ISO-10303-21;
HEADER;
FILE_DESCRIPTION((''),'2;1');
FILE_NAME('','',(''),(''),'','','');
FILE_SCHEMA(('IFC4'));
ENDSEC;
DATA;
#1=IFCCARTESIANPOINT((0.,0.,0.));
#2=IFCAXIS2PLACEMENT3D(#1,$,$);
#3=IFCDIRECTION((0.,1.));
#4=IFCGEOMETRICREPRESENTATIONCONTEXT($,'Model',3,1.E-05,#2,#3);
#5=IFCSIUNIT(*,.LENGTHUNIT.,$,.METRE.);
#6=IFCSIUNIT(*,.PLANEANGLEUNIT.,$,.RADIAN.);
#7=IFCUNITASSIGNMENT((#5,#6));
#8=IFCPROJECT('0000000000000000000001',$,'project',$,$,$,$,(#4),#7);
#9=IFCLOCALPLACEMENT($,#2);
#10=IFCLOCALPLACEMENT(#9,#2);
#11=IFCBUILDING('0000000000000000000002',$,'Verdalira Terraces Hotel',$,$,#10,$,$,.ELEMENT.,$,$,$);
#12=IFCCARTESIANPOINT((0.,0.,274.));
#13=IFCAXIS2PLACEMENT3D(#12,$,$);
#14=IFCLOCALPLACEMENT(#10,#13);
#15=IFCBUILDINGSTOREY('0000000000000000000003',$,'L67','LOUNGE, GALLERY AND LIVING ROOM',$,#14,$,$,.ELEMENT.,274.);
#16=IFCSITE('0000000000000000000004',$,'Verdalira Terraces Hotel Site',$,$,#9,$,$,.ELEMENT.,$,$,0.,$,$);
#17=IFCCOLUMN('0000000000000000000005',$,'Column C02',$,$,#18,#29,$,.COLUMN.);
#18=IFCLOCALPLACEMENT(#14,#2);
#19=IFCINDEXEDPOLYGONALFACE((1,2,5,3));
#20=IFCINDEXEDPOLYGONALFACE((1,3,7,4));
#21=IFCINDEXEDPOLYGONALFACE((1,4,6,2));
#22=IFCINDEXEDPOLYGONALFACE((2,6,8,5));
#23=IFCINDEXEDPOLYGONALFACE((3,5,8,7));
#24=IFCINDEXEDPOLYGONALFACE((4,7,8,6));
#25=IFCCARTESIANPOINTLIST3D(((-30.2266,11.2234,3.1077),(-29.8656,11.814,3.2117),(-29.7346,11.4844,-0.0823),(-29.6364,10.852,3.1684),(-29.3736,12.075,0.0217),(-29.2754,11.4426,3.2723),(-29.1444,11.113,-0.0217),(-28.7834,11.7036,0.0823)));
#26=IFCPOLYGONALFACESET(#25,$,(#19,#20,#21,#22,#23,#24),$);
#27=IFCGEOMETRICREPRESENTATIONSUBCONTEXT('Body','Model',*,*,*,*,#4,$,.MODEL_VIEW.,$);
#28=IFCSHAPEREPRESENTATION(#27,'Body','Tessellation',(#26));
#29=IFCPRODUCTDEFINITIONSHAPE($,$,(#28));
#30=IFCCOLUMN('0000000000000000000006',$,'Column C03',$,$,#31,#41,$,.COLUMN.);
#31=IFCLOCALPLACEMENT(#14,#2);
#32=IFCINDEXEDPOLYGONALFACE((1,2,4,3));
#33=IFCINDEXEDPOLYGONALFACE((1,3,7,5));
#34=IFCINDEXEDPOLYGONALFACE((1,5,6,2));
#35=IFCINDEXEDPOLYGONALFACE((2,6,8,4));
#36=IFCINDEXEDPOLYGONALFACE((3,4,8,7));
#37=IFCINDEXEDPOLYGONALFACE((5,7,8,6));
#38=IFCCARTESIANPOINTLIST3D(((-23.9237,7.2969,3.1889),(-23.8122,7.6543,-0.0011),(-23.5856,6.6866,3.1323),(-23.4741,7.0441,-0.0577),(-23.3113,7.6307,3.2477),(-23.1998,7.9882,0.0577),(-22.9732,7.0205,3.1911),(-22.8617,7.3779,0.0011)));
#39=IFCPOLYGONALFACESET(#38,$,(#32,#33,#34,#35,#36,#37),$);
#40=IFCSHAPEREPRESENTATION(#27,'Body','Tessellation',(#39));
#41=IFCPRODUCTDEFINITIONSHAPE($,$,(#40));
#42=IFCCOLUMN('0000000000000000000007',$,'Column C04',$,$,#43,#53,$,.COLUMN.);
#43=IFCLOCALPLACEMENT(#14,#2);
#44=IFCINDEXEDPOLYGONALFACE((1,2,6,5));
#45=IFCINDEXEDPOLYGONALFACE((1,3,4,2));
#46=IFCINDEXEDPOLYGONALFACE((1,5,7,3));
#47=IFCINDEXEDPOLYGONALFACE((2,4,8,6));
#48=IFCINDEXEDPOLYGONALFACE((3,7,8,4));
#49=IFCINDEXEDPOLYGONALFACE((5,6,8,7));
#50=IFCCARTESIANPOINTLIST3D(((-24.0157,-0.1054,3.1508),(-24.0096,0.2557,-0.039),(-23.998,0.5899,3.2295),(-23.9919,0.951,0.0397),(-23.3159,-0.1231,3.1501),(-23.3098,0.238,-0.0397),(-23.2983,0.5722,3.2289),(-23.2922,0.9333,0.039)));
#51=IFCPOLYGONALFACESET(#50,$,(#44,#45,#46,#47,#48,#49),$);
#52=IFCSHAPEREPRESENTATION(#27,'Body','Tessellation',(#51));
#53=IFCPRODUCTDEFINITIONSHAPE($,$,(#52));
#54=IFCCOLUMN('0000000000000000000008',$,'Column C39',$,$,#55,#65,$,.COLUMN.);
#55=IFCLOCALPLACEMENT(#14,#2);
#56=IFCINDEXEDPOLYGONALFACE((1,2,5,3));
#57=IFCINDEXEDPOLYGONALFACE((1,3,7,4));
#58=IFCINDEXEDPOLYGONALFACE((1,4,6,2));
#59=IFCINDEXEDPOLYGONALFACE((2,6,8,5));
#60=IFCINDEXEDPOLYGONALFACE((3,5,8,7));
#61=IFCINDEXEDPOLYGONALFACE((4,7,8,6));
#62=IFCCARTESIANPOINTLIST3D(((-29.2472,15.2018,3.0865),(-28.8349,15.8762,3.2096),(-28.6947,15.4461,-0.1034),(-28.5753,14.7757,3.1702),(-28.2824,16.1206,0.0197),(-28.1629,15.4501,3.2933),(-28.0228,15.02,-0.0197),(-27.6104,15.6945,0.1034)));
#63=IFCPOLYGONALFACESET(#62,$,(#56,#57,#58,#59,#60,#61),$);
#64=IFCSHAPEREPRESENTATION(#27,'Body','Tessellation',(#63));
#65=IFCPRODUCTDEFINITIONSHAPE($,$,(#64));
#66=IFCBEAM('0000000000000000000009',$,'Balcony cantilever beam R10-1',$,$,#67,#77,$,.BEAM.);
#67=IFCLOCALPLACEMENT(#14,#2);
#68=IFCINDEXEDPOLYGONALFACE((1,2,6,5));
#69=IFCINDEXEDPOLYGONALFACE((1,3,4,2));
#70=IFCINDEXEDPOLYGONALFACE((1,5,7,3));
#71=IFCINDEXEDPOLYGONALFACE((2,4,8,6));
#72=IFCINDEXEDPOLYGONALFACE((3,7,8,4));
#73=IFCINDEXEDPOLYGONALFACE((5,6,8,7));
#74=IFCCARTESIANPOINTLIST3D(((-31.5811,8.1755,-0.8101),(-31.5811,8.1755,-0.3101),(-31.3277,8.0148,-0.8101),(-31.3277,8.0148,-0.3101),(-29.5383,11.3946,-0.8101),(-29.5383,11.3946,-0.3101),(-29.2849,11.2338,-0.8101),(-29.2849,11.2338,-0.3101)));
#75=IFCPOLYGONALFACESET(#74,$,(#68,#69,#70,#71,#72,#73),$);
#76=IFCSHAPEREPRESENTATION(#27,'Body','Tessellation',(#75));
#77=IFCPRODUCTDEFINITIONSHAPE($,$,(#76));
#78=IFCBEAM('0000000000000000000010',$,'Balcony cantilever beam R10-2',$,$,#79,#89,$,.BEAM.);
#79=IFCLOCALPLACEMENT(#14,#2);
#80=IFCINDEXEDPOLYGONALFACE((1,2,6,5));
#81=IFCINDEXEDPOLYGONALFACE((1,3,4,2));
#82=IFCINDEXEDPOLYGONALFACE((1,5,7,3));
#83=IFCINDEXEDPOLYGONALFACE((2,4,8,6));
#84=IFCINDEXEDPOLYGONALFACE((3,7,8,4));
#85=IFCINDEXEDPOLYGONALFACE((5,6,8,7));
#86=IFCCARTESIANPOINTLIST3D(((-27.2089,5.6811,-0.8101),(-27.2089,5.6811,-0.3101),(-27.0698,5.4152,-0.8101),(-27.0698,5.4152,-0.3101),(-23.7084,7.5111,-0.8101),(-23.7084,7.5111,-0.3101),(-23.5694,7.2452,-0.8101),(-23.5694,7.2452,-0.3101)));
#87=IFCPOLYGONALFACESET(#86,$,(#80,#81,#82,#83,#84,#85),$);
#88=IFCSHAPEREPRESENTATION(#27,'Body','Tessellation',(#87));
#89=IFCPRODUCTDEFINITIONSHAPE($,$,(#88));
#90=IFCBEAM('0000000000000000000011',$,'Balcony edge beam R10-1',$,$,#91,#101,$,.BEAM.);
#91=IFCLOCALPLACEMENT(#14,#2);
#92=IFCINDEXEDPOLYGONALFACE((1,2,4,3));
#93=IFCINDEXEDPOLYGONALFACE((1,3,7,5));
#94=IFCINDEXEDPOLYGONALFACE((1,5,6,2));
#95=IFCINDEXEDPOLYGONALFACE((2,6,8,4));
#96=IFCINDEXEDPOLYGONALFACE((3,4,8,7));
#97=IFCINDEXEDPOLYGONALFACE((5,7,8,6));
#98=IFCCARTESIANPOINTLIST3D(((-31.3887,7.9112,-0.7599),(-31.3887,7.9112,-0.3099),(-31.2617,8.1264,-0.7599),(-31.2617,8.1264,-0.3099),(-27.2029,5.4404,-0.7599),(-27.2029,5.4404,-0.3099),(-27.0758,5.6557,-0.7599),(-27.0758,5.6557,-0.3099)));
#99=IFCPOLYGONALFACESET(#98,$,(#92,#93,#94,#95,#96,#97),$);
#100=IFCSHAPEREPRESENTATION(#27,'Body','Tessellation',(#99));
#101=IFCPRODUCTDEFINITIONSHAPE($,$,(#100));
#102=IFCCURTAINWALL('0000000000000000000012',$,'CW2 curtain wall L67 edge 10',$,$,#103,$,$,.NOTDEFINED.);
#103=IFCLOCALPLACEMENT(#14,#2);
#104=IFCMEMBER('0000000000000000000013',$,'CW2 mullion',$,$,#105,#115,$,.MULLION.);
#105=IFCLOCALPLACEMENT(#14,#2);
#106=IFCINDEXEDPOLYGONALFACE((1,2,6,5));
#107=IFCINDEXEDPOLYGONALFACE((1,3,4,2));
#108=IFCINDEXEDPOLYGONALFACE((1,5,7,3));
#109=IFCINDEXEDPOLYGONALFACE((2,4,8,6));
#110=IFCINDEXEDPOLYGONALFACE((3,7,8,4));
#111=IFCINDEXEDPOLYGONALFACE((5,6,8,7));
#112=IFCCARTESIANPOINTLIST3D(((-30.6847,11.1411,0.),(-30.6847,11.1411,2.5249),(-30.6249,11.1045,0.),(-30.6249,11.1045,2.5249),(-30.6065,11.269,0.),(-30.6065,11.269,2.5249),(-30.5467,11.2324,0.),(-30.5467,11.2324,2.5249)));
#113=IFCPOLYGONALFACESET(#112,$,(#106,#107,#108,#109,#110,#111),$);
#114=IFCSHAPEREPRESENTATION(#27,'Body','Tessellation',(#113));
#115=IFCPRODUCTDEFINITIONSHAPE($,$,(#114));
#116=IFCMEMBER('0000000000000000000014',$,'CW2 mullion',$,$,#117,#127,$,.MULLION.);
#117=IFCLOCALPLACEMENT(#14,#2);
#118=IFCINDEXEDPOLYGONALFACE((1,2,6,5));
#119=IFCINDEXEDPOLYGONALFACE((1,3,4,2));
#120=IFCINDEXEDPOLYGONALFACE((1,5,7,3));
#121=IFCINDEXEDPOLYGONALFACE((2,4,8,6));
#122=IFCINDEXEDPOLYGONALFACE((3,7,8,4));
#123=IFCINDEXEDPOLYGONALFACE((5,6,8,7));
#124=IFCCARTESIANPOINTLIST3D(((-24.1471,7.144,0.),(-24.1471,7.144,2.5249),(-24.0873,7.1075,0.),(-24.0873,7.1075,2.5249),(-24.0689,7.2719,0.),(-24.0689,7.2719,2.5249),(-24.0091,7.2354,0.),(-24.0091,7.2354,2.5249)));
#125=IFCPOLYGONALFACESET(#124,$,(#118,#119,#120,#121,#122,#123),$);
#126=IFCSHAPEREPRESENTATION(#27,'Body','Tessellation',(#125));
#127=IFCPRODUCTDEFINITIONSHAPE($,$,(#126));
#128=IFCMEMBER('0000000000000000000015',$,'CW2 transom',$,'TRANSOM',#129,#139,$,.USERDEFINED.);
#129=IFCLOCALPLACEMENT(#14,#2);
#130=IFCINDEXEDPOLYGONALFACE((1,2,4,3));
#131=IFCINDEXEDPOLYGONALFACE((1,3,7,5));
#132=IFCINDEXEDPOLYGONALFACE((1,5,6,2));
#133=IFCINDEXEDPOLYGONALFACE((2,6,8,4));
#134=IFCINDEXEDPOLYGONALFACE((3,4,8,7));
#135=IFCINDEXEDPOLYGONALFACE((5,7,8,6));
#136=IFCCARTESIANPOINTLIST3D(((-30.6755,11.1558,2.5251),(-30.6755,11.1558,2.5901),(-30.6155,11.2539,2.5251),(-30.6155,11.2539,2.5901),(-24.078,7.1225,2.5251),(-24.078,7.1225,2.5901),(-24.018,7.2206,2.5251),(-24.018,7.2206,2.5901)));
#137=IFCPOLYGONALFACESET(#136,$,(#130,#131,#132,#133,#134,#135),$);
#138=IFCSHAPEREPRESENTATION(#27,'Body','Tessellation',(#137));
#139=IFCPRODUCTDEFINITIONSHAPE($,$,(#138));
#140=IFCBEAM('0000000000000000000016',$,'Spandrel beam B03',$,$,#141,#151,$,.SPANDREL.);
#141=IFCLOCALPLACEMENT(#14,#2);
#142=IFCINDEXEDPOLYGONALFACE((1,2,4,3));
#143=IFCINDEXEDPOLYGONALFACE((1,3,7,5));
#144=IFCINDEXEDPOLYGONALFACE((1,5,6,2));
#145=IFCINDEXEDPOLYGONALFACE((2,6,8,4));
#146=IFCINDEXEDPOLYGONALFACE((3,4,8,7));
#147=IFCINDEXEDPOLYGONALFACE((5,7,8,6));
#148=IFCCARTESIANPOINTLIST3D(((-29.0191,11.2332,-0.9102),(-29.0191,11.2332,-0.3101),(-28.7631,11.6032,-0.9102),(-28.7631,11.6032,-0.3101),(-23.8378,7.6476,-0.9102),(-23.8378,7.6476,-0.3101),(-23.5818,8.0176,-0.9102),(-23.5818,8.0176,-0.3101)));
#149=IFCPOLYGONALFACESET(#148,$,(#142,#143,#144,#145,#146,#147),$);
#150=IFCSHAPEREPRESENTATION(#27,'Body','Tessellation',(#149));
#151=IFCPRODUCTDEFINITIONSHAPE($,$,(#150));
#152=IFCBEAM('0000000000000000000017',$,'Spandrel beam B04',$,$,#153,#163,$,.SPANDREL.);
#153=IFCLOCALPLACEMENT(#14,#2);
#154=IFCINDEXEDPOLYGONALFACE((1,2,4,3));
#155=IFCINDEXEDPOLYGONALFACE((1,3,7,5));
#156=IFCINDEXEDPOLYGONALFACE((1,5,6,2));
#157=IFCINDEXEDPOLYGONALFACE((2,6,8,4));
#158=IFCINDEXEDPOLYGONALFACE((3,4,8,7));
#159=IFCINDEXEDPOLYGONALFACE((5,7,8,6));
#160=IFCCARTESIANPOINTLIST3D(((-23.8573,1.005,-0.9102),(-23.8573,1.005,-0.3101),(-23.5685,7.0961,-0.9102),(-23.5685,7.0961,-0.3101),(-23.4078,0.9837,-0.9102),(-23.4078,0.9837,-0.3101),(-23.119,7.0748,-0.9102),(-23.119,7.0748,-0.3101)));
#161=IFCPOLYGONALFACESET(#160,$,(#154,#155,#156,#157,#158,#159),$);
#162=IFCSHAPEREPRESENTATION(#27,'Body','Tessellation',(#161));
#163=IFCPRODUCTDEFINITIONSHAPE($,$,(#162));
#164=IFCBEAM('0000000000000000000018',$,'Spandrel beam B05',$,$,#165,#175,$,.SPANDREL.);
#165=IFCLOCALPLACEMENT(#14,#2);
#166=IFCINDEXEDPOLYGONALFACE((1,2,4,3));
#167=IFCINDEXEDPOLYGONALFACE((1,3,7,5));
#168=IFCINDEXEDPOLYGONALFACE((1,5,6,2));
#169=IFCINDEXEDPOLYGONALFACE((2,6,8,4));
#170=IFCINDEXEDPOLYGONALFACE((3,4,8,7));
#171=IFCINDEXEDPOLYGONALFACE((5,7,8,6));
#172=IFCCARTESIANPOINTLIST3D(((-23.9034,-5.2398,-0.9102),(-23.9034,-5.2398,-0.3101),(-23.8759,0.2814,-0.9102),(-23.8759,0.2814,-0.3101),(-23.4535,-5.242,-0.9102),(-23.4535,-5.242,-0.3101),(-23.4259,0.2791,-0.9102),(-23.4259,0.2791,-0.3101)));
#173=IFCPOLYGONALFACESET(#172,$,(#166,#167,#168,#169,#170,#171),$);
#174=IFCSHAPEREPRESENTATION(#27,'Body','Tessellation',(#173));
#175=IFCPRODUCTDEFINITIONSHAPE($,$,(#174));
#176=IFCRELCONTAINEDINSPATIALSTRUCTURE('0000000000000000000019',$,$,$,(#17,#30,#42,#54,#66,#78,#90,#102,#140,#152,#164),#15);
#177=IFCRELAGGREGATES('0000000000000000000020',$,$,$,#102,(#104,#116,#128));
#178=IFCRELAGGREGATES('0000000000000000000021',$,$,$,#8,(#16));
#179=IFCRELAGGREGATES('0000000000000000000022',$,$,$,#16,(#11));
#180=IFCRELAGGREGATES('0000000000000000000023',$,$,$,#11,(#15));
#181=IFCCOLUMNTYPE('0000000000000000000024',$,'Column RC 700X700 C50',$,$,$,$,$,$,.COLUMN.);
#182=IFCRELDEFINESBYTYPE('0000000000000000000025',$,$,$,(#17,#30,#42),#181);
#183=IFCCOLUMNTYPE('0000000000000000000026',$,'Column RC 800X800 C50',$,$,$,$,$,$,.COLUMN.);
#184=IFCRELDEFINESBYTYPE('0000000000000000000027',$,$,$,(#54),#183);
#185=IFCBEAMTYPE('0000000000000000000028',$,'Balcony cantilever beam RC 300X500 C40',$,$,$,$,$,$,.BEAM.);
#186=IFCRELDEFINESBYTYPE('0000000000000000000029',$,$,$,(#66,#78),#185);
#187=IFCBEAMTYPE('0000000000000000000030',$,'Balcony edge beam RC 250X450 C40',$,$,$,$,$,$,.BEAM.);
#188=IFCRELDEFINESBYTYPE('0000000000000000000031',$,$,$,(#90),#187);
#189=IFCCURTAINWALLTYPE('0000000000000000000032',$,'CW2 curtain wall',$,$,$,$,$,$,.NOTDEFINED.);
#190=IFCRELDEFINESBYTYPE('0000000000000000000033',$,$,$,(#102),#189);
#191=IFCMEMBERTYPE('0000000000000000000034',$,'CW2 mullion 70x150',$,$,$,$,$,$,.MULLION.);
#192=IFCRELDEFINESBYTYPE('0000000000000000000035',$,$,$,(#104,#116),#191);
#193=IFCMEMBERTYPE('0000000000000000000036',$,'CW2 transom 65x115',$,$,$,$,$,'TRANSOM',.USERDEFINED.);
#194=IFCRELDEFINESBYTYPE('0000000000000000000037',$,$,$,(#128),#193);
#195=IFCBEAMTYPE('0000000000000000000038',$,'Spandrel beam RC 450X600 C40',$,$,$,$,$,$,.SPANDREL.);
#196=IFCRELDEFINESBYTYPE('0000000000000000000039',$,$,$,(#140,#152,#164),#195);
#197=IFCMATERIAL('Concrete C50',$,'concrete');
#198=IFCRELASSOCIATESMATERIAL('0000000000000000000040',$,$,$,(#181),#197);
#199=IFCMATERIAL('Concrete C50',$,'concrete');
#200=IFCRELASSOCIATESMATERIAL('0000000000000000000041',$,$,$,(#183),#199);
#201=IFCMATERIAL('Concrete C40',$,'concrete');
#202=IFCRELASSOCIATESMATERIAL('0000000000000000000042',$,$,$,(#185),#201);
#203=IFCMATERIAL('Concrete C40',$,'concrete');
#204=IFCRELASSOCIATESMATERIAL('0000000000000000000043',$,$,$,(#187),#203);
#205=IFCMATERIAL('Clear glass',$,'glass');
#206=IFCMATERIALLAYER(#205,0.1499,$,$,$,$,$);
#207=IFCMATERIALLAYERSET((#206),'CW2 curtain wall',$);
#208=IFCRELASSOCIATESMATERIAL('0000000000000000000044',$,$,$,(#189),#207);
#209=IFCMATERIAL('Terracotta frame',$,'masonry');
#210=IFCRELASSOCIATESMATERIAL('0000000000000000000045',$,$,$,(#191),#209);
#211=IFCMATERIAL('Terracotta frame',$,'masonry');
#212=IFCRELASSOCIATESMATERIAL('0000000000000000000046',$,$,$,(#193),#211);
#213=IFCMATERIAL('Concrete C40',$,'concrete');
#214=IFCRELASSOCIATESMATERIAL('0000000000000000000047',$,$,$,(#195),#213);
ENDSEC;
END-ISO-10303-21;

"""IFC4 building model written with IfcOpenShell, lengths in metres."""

from ifc_helpers import new_model, si_unit, direction, frame, origin, origin_2d, place, context, subcontext, project, spatial, rectangle, extrude, material, layer, layer_set, material_profile, profile_set, type_object, element, aggregate, save


model = new_model("IFC4")

# Units and contexts
model_context = context("Model", 3, precision=1e-05, world=origin(), true_north=direction((0.0, 1.0)))
body_context = subcontext(model_context, "Body", "Model", "MODEL_VIEW")
ifc_project = project(units=[si_unit("LENGTHUNIT", "METRE"), si_unit("PLANEANGLEUNIT", "RADIAN")], contexts=[model_context])

# Site, building, storey
site_placement = place(None, origin())
site = spatial("IfcSite", under=ifc_project, at=site_placement, Name="Verdalira Terraces Hotel Site", CompositionType="ELEMENT", RefElevation=0.0)
building_placement = place(site_placement, origin())
building = spatial("IfcBuilding", under=site, at=building_placement, Name="Verdalira Terraces Hotel", CompositionType="ELEMENT")
storey_placement = place(building_placement, frame((0.0, 0.0, 274.0)))
storey = spatial("IfcBuildingStorey", under=building, at=storey_placement, Name="L67", Description="LOUNGE, GALLERY AND LIVING ROOM", CompositionType="ELEMENT", Elevation=274.0)

# Columns
ifc_material_1 = material(Name="Concrete C50", Category="concrete")
ifc_material_profile_1 = material_profile(ifc_material_1, rectangle(XDim=0.7, YDim=0.7, at=origin_2d()), Name="RC 700X700")
ifc_profile_set_1 = profile_set([ifc_material_profile_1], Name="Concrete C50")
column_type_1 = type_object("IfcColumnType", Name="Column RC 700X700 C50", PredefinedType="COLUMN", material=ifc_profile_set_1)
column_1_placement = place(storey_placement, frame((-29.259, 11.594, 0.0), z_axis=(-0.151919, -0.080596, 0.985101), x_axis=(0.843161, -0.530639, 0.086615)))
element("IfcColumn", 1, at=column_1_placement, inside=storey, type_object=column_type_1, Name="Column C02", PredefinedType="COLUMN", context=body_context, shape_type="SweptSolid", body=[
    extrude(rectangle(XDim=0.7, YDim=0.7, at=origin_2d()), origin(), (0.0, 0.0, 1.0), 3.2383),
])
column_2_placement = place(storey_placement, frame((-23.3369, 7.5161, 0.0), z_axis=(-0.034738, -0.111283, 0.993181), x_axis=(-0.483036, 0.871865, 0.080795)))
element("IfcColumn", 2, at=column_2_placement, inside=storey, type_object=column_type_1, Name="Column C03", PredefinedType="COLUMN", context=body_context, shape_type="SweptSolid", body=[
    extrude(rectangle(XDim=0.7, YDim=0.7, at=origin_2d()), origin(), (0.0, 0.0, 1.0), 3.2119),
])
column_3_placement = place(storey_placement, frame((-23.6509, 0.5945, 0.0), z_axis=(-0.001901, -0.112476, 0.993653), x_axis=(-0.025223, -0.993333, -0.112488)))
element("IfcColumn", 3, at=column_3_placement, inside=storey, type_object=column_type_1, Name="Column C04", PredefinedType="COLUMN", context=body_context, shape_type="SweptSolid", body=[
    extrude(rectangle(XDim=0.7, YDim=0.7, at=origin_2d()), origin(), (0.0, 0.0, 1.0), 3.2102),
])
ifc_material_2 = material(Name="Concrete C50", Category="concrete")
ifc_material_profile_2 = material_profile(ifc_material_2, rectangle(XDim=0.8, YDim=0.8, at=origin_2d()), Name="RC 800X800")
ifc_profile_set_2 = profile_set([ifc_material_profile_2], Name="Concrete C50")
column_type_2 = type_object("IfcColumnType", Name="Column RC 800X800 C50", PredefinedType="COLUMN", material=ifc_profile_set_2)
column_4_placement = place(storey_placement, frame((-28.1526, 15.5703, 0.0), z_axis=(-0.170173, -0.075273, 0.982535), x_axis=(-0.839877, 0.53259, -0.104662)))
element("IfcColumn", 4, at=column_4_placement, inside=storey, type_object=column_type_2, Name="Column C39", PredefinedType="COLUMN", context=body_context, shape_type="SweptSolid", body=[
    extrude(rectangle(XDim=0.8, YDim=0.8, at=origin_2d()), origin(), (0.0, 0.0, 1.0), 3.2466),
])

# Beams
ifc_material_3 = material(Name="Concrete C40", Category="concrete")
ifc_material_profile_3 = material_profile(ifc_material_3, rectangle(XDim=0.3, YDim=0.5, at=origin_2d()), Name="RC 300X500")
ifc_profile_set_3 = profile_set([ifc_material_profile_3], Name="Concrete C40")
beam_type_1 = type_object("IfcBeamType", Name="Balcony cantilever beam RC 300X500 C40", PredefinedType="BEAM", material=ifc_profile_set_3)
beam_1_placement = place(storey_placement, frame((-29.4116, 11.3142, -0.5601), z_axis=(-0.535806, -0.844341, 0.0), x_axis=(0.844341, -0.535806, 0.0)))
element("IfcBeam", 5, at=beam_1_placement, inside=storey, type_object=beam_type_1, Name="Balcony cantilever beam R10-1", PredefinedType="BEAM", context=body_context, shape_type="SweptSolid", body=[
    extrude(rectangle(XDim=0.3, YDim=0.5, at=origin_2d()), origin(), (0.0, 0.0, 1.0), 3.8125),
])
beam_2_placement = place(storey_placement, frame((-23.6389, 7.3782, -0.5601), z_axis=(-0.886197, -0.463309, 0.0), x_axis=(0.463309, -0.886197, 0.0)))
element("IfcBeam", 6, at=beam_2_placement, inside=storey, type_object=beam_type_1, Name="Balcony cantilever beam R10-2", PredefinedType="BEAM", context=body_context, shape_type="SweptSolid", body=[
    extrude(rectangle(XDim=0.3, YDim=0.5, at=origin_2d()), origin(), (0.0, 0.0, 1.0), 3.95),
])
ifc_material_4 = material(Name="Concrete C40", Category="concrete")
ifc_material_profile_4 = material_profile(ifc_material_4, rectangle(XDim=0.25, YDim=0.45, at=origin_2d()), Name="RC 250X450")
ifc_profile_set_4 = profile_set([ifc_material_profile_4], Name="Concrete C40")
beam_type_2 = type_object("IfcBeamType", Name="Balcony edge beam RC 250X450 C40", PredefinedType="BEAM", material=ifc_profile_set_4)
beam_3_placement = place(storey_placement, frame((-31.3252, 8.0188, -0.5349), z_axis=(0.861171, -0.508315, 0.0), x_axis=(0.508315, 0.861171, 0.0)))
element("IfcBeam", 7, at=beam_3_placement, inside=storey, type_object=beam_type_2, Name="Balcony edge beam R10-1", PredefinedType="BEAM", context=body_context, shape_type="SweptSolid", body=[
    extrude(rectangle(XDim=0.25, YDim=0.45, at=origin_2d()), origin(), (0.0, 0.0, 1.0), 4.8606),
])

# Curtain wall, members
ifc_material_5 = material(Name="Clear glass", Category="glass")
ifc_layer_1 = layer(ifc_material_5, 0.1499)
ifc_layer_set_1 = layer_set([ifc_layer_1], Name="CW2 curtain wall")
curtain_wall_type = type_object("IfcCurtainWallType", Name="CW2 curtain wall", PredefinedType="NOTDEFINED", material=ifc_layer_set_1)
curtain_wall_placement = place(storey_placement, origin())
curtain_wall = element("IfcCurtainWall", 8, at=curtain_wall_placement, inside=storey, type_object=curtain_wall_type, Name="CW2 curtain wall L67 edge 10", PredefinedType="NOTDEFINED")
ifc_material_6 = material(Name="Terracotta frame", Category="masonry")
ifc_material_profile_5 = material_profile(ifc_material_6, rectangle(XDim=0.0701, YDim=0.1499, at=origin_2d()), Name="MU 70x150")
ifc_profile_set_5 = profile_set([ifc_material_profile_5], Name="Terracotta frame")
member_type_1 = type_object("IfcMemberType", Name="CW2 mullion 70x150", PredefinedType="MULLION", material=ifc_profile_set_5)
member_1_placement = place(storey_placement, frame((-30.6157, 11.1868, 0.0), z_axis=(0.0, 0.0, 1.0), x_axis=(0.853187, -0.521605, 0.0)))
member_1 = element("IfcMember", 9, at=member_1_placement, type_object=member_type_1, Name="CW2 mullion", PredefinedType="MULLION", context=body_context, shape_type="SweptSolid", body=[
    extrude(rectangle(XDim=0.0701, YDim=0.1499, at=origin_2d()), origin(), (0.0, 0.0, 1.0), 2.5249),
])
member_2_placement = place(storey_placement, frame((-24.0781, 7.1897, 0.0), z_axis=(0.0, 0.0, 1.0), x_axis=(0.853187, -0.521605, 0.0)))
member_2 = element("IfcMember", 10, at=member_2_placement, type_object=member_type_1, Name="CW2 mullion", PredefinedType="MULLION", context=body_context, shape_type="SweptSolid", body=[
    extrude(rectangle(XDim=0.0701, YDim=0.1499, at=origin_2d()), origin(), (0.0, 0.0, 1.0), 2.5249),
])
ifc_material_7 = material(Name="Terracotta frame", Category="masonry")
ifc_material_profile_6 = material_profile(ifc_material_7, rectangle(XDim=0.115, YDim=0.0649, at=origin_2d()), Name="TR 65x115")
ifc_profile_set_6 = profile_set([ifc_material_profile_6], Name="Terracotta frame")
member_type_2 = type_object("IfcMemberType", Name="CW2 transom 65x115", ElementType="TRANSOM", PredefinedType="USERDEFINED", material=ifc_profile_set_6)
member_3_placement = place(storey_placement, frame((-30.6455, 11.2048, 2.5576), z_axis=(0.853198, -0.521587, 0.0), x_axis=(0.521587, 0.853198, 0.0)))
member_3 = element("IfcMember", 11, at=member_3_placement, type_object=member_type_2, Name="CW2 transom", ObjectType="TRANSOM", PredefinedType="USERDEFINED", context=body_context, shape_type="SweptSolid", body=[
    extrude(rectangle(XDim=0.115, YDim=0.0649, at=origin_2d()), origin(), (0.0, 0.0, 1.0), 7.7327),
])

# Beams
ifc_material_8 = material(Name="Concrete C40", Category="concrete")
ifc_material_profile_7 = material_profile(ifc_material_8, rectangle(XDim=0.45, YDim=0.6001, at=origin_2d()), Name="RC 450X600")
ifc_profile_set_7 = profile_set([ifc_material_profile_7], Name="Concrete C40")
beam_type_3 = type_object("IfcBeamType", Name="Spandrel beam RC 450X600 C40", PredefinedType="SPANDREL", material=ifc_profile_set_7)
beam_4_placement = place(storey_placement, frame((-28.8911, 11.4182, -0.6101), z_axis=(0.822298, -0.569057, 0.0), x_axis=(0.569057, 0.822298, 0.0)))
element("IfcBeam", 12, at=beam_4_placement, inside=storey, type_object=beam_type_3, Name="Spandrel beam B03", PredefinedType="SPANDREL", context=body_context, shape_type="SweptSolid", body=[
    extrude(rectangle(XDim=0.45, YDim=0.6001, at=origin_2d()), origin(), (0.0, 0.0, 1.0), 6.301),
])
beam_5_placement = place(storey_placement, frame((-23.3438, 7.0854, -0.6101), z_axis=(-0.047364, -0.998878, 0.0), x_axis=(0.998878, -0.047364, 0.0)))
element("IfcBeam", 13, at=beam_5_placement, inside=storey, type_object=beam_type_3, Name="Spandrel beam B04", PredefinedType="SPANDREL", context=body_context, shape_type="SweptSolid", body=[
    extrude(rectangle(XDim=0.45, YDim=0.6001, at=origin_2d()), origin(), (0.0, 0.0, 1.0), 6.0979),
])
beam_6_placement = place(storey_placement, frame((-23.6509, 0.2803, -0.6101), z_axis=(-0.004997, -0.999988, 0.0), x_axis=(0.999988, -0.004997, 0.0)))
element("IfcBeam", 14, at=beam_6_placement, inside=storey, type_object=beam_type_3, Name="Spandrel beam B05", PredefinedType="SPANDREL", context=body_context, shape_type="SweptSolid", body=[
    extrude(rectangle(XDim=0.45, YDim=0.6001, at=origin_2d()), origin(), (0.0, 0.0, 1.0), 5.5212),
])

aggregate(curtain_wall, [member_1, member_2, member_3])

save(model, "model.ifc")
